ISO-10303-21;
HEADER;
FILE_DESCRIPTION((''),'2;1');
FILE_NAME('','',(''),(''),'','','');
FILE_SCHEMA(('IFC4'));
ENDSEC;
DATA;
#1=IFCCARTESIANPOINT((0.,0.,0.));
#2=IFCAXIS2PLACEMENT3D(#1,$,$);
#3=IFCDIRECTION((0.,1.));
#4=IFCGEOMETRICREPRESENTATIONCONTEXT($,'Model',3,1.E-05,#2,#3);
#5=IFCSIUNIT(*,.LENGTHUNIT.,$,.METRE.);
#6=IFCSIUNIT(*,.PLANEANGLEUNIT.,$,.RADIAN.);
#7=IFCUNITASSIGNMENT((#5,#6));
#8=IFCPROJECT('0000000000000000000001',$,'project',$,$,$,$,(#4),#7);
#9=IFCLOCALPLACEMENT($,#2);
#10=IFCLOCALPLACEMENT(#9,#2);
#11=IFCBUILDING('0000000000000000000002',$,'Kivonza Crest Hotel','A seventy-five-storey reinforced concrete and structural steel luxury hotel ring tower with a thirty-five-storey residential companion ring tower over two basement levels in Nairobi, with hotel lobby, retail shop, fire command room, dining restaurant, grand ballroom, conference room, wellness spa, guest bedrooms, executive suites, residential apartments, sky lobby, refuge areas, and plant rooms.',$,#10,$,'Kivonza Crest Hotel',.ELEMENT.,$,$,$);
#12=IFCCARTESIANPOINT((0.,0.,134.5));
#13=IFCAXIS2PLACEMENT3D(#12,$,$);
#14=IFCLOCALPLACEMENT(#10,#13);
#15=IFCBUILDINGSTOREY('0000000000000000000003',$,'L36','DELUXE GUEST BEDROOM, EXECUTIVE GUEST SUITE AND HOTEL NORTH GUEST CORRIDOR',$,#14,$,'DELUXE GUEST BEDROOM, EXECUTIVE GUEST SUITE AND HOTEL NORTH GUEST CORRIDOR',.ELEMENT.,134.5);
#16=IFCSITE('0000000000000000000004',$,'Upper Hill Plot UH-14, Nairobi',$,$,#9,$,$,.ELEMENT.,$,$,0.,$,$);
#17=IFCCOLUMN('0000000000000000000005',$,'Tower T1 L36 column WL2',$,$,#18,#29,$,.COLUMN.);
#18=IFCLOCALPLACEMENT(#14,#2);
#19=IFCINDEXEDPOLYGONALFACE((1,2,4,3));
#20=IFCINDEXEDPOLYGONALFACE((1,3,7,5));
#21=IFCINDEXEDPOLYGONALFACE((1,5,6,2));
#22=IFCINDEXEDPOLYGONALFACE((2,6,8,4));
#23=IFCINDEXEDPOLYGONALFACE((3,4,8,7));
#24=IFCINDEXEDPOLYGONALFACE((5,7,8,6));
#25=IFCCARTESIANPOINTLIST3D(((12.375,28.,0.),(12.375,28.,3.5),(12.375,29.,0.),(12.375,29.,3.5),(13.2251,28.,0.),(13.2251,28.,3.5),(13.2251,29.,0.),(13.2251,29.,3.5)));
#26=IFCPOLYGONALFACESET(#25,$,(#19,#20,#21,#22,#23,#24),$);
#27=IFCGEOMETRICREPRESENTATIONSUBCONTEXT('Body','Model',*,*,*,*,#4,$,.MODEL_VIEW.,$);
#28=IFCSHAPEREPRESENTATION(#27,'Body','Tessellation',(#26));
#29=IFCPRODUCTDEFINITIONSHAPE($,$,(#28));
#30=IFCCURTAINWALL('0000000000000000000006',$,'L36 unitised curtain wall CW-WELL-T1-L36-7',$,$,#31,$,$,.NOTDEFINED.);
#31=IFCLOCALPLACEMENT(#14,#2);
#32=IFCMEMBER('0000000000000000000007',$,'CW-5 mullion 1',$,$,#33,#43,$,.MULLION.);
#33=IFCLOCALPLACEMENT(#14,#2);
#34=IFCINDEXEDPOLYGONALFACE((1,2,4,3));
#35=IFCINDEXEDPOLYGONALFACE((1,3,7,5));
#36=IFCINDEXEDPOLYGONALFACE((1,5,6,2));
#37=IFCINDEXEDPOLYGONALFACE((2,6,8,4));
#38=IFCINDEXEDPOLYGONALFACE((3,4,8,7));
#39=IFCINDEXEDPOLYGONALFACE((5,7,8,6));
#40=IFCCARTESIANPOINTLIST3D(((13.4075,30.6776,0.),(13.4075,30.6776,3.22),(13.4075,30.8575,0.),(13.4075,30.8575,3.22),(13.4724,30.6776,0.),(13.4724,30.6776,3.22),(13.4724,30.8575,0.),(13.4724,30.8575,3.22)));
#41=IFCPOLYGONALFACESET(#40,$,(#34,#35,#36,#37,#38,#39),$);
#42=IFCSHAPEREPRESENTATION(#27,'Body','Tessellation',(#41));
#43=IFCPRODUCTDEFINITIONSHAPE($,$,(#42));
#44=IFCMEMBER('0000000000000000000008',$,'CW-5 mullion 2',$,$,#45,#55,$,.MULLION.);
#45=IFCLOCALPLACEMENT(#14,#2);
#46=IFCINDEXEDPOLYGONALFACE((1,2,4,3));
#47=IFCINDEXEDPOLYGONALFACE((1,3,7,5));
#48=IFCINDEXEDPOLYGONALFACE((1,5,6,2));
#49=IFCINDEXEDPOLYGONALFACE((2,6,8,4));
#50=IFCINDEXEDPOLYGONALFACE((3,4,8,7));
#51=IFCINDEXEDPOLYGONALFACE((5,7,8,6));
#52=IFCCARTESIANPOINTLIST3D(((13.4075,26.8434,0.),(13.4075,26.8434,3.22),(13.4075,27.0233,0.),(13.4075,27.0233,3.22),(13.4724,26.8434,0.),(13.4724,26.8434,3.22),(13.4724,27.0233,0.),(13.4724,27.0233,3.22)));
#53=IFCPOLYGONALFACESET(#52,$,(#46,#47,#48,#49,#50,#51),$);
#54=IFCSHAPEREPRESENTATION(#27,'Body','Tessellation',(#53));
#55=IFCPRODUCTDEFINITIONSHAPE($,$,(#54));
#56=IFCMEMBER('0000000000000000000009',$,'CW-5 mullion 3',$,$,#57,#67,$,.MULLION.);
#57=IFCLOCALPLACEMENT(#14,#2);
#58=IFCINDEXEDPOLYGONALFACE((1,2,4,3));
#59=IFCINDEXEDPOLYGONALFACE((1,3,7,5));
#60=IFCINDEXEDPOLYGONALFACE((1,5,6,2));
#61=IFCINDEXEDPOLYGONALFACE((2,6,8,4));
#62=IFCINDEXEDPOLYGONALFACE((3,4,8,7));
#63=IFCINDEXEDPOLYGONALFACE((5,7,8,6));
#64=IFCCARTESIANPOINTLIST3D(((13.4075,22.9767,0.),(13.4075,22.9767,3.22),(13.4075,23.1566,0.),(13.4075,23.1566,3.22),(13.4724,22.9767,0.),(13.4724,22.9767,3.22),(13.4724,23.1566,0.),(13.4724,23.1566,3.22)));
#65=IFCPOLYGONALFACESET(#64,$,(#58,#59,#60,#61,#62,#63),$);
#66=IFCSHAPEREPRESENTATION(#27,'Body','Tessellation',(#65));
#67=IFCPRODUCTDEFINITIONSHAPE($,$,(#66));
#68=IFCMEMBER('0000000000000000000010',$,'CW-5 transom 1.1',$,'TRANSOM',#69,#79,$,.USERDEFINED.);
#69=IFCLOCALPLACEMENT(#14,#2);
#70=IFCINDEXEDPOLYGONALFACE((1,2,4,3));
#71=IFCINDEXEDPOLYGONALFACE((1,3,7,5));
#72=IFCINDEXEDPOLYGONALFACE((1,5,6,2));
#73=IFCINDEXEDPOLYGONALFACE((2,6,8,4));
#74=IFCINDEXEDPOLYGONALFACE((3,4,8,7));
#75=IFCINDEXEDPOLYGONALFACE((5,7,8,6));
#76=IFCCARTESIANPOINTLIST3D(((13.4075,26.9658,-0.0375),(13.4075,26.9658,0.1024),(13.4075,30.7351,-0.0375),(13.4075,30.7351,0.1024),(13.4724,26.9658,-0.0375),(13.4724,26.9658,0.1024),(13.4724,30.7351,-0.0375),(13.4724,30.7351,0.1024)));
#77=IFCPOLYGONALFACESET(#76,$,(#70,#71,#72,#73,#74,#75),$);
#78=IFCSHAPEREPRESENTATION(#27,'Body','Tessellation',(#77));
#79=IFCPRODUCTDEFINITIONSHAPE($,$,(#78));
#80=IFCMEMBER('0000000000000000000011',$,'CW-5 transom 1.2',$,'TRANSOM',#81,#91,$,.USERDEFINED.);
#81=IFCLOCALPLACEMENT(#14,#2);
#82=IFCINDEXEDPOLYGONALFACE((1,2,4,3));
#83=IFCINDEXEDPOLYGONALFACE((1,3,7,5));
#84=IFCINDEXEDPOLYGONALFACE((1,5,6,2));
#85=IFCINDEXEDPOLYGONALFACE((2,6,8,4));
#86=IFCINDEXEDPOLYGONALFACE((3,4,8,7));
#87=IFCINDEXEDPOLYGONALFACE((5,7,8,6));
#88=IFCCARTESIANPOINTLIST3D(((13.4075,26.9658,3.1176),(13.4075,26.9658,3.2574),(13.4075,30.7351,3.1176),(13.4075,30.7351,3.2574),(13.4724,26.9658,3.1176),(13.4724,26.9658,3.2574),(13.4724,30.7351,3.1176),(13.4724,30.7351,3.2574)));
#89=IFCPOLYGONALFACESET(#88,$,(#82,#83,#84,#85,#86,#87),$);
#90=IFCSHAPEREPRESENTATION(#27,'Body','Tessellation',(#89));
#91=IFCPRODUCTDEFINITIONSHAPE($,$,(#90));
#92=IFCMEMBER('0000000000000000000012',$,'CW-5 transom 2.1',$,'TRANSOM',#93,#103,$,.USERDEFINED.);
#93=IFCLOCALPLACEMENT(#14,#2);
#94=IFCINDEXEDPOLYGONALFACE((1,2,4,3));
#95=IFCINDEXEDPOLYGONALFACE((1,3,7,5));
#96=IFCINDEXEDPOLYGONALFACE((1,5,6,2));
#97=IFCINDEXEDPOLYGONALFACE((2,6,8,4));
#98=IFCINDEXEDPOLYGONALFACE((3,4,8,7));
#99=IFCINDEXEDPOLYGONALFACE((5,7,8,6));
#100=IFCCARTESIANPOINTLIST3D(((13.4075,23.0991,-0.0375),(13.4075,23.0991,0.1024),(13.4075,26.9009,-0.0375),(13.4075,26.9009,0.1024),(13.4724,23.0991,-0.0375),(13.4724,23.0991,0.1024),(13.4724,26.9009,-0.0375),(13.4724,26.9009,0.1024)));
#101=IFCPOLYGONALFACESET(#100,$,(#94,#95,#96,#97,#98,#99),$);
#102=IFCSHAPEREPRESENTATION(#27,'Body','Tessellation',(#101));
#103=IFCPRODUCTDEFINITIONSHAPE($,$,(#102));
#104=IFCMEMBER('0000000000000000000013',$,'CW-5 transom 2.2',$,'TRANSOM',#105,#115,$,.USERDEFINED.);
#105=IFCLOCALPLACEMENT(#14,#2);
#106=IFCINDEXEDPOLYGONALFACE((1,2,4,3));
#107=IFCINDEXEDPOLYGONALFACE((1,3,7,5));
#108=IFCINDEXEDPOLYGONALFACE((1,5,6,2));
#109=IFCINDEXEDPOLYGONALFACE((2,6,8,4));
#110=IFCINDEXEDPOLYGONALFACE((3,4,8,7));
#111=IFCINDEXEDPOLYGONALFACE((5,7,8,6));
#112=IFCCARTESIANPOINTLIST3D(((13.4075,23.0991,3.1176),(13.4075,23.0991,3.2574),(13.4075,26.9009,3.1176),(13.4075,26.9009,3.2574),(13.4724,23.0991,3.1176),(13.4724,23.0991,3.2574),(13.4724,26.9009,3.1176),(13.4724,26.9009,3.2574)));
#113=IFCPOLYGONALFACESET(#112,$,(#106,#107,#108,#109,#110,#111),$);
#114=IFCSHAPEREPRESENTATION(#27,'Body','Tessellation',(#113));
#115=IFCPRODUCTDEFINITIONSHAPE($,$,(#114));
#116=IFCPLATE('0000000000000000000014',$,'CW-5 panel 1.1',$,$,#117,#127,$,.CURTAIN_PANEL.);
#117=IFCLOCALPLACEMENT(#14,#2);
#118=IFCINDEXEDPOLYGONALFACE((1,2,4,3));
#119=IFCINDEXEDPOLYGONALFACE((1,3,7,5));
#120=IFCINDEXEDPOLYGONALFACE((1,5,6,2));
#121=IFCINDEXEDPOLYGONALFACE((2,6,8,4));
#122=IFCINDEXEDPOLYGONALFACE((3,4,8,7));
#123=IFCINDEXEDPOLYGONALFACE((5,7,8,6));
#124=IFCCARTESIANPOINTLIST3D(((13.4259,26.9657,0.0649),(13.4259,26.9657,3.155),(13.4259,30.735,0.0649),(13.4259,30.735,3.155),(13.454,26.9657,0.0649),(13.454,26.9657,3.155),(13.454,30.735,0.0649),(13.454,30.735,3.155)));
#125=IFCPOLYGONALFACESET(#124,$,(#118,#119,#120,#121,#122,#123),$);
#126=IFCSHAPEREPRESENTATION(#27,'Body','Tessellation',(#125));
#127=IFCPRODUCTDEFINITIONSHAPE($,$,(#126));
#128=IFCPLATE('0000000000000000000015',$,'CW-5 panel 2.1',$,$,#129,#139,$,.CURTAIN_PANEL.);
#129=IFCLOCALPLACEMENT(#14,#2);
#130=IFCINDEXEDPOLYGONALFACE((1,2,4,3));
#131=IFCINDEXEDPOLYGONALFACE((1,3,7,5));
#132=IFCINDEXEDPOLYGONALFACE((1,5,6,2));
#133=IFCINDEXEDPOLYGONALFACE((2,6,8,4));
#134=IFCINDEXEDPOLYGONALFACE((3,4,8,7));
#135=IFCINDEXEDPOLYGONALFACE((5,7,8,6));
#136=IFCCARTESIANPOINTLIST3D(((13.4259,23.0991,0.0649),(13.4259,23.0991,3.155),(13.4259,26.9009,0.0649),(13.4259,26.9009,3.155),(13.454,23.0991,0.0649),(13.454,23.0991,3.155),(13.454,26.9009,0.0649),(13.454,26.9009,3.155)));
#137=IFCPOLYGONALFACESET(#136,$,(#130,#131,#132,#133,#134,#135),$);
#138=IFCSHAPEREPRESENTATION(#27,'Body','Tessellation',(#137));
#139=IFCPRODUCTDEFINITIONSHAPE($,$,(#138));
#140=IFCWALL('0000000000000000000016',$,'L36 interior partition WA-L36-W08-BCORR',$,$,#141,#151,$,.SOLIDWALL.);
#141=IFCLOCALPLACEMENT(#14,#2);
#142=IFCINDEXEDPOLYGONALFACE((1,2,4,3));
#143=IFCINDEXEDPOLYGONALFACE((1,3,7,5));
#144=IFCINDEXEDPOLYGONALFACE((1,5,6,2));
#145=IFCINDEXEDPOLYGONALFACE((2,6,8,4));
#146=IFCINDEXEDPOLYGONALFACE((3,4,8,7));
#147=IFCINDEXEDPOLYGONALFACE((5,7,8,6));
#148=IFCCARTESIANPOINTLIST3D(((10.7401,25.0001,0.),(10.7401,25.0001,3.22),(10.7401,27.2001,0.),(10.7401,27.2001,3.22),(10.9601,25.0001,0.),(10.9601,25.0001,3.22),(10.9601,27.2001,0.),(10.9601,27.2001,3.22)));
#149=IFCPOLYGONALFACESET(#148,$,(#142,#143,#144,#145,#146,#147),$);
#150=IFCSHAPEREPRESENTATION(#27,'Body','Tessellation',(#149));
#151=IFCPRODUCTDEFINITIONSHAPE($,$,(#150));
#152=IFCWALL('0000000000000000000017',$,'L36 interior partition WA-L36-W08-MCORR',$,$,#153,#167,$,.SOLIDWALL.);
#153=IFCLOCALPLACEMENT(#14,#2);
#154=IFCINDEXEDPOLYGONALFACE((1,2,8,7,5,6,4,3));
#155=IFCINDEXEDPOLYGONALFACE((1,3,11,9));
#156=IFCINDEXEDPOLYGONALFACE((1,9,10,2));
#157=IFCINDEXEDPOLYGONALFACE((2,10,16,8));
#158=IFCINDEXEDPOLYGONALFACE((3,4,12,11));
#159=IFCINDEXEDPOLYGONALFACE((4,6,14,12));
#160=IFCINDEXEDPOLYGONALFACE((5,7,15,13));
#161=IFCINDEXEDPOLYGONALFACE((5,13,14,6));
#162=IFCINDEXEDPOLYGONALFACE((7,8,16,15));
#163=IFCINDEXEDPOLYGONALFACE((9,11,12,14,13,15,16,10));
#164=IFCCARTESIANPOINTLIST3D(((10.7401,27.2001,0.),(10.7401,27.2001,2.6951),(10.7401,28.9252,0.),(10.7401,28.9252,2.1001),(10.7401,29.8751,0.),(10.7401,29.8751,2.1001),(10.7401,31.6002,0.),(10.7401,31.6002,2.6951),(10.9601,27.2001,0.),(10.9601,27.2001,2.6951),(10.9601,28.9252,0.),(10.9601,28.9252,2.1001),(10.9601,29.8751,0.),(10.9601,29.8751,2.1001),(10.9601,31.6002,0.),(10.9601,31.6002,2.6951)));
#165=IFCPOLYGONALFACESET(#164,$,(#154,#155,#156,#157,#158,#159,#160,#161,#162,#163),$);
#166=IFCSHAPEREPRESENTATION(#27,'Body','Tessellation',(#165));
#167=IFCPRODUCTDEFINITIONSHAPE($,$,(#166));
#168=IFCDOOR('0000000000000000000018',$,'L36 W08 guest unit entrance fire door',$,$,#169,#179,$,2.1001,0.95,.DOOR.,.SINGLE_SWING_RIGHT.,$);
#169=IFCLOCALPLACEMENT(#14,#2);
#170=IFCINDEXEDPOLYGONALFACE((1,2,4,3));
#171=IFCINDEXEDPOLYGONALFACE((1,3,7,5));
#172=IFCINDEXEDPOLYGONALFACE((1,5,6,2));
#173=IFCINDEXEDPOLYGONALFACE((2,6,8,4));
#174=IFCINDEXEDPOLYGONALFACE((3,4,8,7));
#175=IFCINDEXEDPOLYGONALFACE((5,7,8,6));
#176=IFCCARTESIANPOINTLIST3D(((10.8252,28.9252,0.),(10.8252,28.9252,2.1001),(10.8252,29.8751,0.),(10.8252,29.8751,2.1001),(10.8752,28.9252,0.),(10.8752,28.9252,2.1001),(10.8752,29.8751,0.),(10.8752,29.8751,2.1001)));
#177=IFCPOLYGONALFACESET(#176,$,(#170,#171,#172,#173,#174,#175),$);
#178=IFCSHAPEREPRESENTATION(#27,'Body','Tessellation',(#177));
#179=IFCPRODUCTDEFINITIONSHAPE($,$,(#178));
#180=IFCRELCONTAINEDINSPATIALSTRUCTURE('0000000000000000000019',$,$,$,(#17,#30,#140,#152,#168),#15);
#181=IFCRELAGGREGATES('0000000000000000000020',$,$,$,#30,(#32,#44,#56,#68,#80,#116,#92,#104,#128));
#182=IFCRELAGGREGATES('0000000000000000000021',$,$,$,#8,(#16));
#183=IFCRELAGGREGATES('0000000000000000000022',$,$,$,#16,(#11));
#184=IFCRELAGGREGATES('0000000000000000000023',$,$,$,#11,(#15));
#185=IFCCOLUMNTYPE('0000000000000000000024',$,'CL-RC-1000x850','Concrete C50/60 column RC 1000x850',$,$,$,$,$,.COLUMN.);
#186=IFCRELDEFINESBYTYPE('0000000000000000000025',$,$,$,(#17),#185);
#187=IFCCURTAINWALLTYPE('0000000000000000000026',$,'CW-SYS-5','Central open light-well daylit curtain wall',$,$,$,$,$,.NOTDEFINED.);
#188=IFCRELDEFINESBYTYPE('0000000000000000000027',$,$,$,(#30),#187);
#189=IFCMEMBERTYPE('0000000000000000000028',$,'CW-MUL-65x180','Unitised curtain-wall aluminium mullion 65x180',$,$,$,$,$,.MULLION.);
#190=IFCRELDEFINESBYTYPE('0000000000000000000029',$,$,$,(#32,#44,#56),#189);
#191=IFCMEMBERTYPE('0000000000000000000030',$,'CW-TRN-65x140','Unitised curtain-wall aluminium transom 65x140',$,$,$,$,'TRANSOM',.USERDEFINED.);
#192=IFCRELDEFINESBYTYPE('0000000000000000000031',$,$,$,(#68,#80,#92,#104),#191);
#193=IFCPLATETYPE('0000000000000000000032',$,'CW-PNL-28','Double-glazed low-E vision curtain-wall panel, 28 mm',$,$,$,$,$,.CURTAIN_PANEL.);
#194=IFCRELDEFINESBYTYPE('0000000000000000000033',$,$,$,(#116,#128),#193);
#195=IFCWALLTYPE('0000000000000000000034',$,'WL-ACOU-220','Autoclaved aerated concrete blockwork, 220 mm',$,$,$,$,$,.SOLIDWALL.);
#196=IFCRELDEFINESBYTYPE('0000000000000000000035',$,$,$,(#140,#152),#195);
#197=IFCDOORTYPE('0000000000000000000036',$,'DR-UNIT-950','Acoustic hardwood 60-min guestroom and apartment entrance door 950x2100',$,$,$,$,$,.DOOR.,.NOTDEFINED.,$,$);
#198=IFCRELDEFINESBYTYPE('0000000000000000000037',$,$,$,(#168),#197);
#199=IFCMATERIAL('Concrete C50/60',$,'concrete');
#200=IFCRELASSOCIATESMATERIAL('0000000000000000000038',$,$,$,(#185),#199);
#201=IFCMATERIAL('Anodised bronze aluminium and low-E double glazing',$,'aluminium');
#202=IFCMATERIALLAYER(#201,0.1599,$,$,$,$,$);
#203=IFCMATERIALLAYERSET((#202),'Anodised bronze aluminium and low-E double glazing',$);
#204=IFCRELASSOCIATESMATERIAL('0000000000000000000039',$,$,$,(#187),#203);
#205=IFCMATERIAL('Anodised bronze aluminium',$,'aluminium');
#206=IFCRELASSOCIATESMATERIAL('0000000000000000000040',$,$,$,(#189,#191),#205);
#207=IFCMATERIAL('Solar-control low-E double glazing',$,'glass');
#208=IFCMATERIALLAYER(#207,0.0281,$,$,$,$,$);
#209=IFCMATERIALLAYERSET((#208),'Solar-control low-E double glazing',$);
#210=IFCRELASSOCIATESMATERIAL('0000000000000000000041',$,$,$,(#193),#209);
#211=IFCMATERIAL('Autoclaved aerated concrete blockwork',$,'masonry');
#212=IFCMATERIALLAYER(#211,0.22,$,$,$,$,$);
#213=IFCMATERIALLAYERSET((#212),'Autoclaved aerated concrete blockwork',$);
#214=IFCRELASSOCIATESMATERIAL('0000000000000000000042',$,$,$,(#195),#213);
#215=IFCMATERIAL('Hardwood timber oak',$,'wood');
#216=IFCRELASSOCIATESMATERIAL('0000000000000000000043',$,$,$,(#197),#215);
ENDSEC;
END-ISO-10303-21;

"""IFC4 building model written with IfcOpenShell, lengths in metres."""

from ifc_helpers import new_model, si_unit, direction, frame, frame_2d, origin, origin_2d, place, context, subcontext, project, spatial, rectangle, extrude, material, layer, layer_set, material_profile, profile_set, type_object, element, fill, aggregate, save


model = new_model("IFC4")

# Units and contexts
model_context = context("Model", 3, precision=1e-05, world=origin(), true_north=direction((0.0, 1.0)))
body_context = subcontext(model_context, "Body", "Model", "MODEL_VIEW")
ifc_project = project(units=[si_unit("LENGTHUNIT", "METRE"), si_unit("PLANEANGLEUNIT", "RADIAN")], contexts=[model_context])

# Site, building, storey
site_placement = place(None, origin())
site = spatial("IfcSite", under=ifc_project, at=site_placement, Name="Upper Hill Plot UH-14, Nairobi", CompositionType="ELEMENT", RefElevation=0.0)
building_placement = place(site_placement, origin())
building = spatial("IfcBuilding", under=site, at=building_placement, Name="Kivonza Crest Hotel", Description="A seventy-five-storey reinforced concrete and structural steel luxury hotel ring tower with a thirty-five-storey residential companion ring tower over two basement levels in Nairobi, with hotel lobby, retail shop, fire command room, dining restaurant, grand ballroom, conference room, wellness spa, guest bedrooms, executive suites, residential apartments, sky lobby, refuge areas, and plant rooms.", LongName="Kivonza Crest Hotel", CompositionType="ELEMENT")
storey_placement = place(building_placement, frame((0.0, 0.0, 134.5)))
storey = spatial("IfcBuildingStorey", under=building, at=storey_placement, Name="L36", Description="DELUXE GUEST BEDROOM, EXECUTIVE GUEST SUITE AND HOTEL NORTH GUEST CORRIDOR", LongName="DELUXE GUEST BEDROOM, EXECUTIVE GUEST SUITE AND HOTEL NORTH GUEST CORRIDOR", CompositionType="ELEMENT", Elevation=134.5)

# Column
ifc_material_1 = material(Name="Concrete C50/60", Category="concrete")
ifc_material_profile_1 = material_profile(ifc_material_1, rectangle(XDim=0.8501, YDim=1.0, at=origin_2d()), Name="RC 1000x850")
ifc_profile_set_1 = profile_set([ifc_material_profile_1], Name="Concrete C50/60")
column_type = type_object("IfcColumnType", Name="CL-RC-1000x850", Description="Concrete C50/60 column RC 1000x850", PredefinedType="COLUMN", material=ifc_profile_set_1)
column_placement = place(storey_placement, frame((12.8, 28.5, 0.0), z_axis=(0.0, 0.0, 1.0), x_axis=(1.0, 0.0, 0.0)))
element("IfcColumn", 1, at=column_placement, inside=storey, type_object=column_type, Name="Tower T1 L36 column WL2", PredefinedType="COLUMN", context=body_context, shape_type="SweptSolid", body=[
    extrude(rectangle(XDim=0.8501, YDim=1.0, at=origin_2d()), origin(), (0.0, 0.0, 1.0), 3.5),
])

# Curtain wall, members, plates
ifc_material_2 = material(Name="Anodised bronze aluminium and low-E double glazing", Category="aluminium")
ifc_layer_1 = layer(ifc_material_2, 0.1599)
ifc_layer_set_1 = layer_set([ifc_layer_1], Name="Anodised bronze aluminium and low-E double glazing")
curtain_wall_type = type_object("IfcCurtainWallType", Name="CW-SYS-5", Description="Central open light-well daylit curtain wall", PredefinedType="NOTDEFINED", material=ifc_layer_set_1)
curtain_wall_placement = place(storey_placement, origin())
curtain_wall = element("IfcCurtainWall", 2, at=curtain_wall_placement, inside=storey, type_object=curtain_wall_type, Name="L36 unitised curtain wall CW-WELL-T1-L36-7", PredefinedType="NOTDEFINED")
ifc_material_3 = material(Name="Anodised bronze aluminium", Category="aluminium")
ifc_material_profile_2 = material_profile(ifc_material_3, rectangle(XDim=0.0649, YDim=0.1799, at=origin_2d()), Name="CW-M 65x180")
ifc_profile_set_2 = profile_set([ifc_material_profile_2], Name="Anodised bronze aluminium")
member_type_1 = type_object("IfcMemberType", Name="CW-MUL-65x180", Description="Unitised curtain-wall aluminium mullion 65x180", PredefinedType="MULLION", material=ifc_profile_set_2)
member_1_placement = place(storey_placement, frame((13.4399, 30.7676, 0.0), z_axis=(0.0, 0.0, 1.0), x_axis=(1.0, 0.0, 0.0)))
member_1 = element("IfcMember", 3, at=member_1_placement, type_object=member_type_1, Name="CW-5 mullion 1", PredefinedType="MULLION", context=body_context, shape_type="SweptSolid", body=[
    extrude(rectangle(XDim=0.0649, YDim=0.1799, at=origin_2d()), origin(), (0.0, 0.0, 1.0), 3.22),
])
member_2_placement = place(storey_placement, frame((13.4399, 26.9333, 0.0), z_axis=(0.0, 0.0, 1.0), x_axis=(1.0, 0.0, 0.0)))
member_2 = element("IfcMember", 4, at=member_2_placement, type_object=member_type_1, Name="CW-5 mullion 2", PredefinedType="MULLION", context=body_context, shape_type="SweptSolid", body=[
    extrude(rectangle(XDim=0.0649, YDim=0.1799, at=origin_2d()), origin(), (0.0, 0.0, 1.0), 3.22),
])
member_3_placement = place(storey_placement, frame((13.4399, 23.0667, 0.0), z_axis=(0.0, 0.0, 1.0), x_axis=(1.0, 0.0, 0.0)))
member_3 = element("IfcMember", 5, at=member_3_placement, type_object=member_type_1, Name="CW-5 mullion 3", PredefinedType="MULLION", context=body_context, shape_type="SweptSolid", body=[
    extrude(rectangle(XDim=0.0649, YDim=0.1799, at=origin_2d()), origin(), (0.0, 0.0, 1.0), 3.22),
])
ifc_material_profile_3 = material_profile(ifc_material_3, rectangle(XDim=0.0649, YDim=0.1399, at=origin_2d()), Name="CW-T 65x140")
ifc_profile_set_3 = profile_set([ifc_material_profile_3], Name="Anodised bronze aluminium")
member_type_2 = type_object("IfcMemberType", Name="CW-TRN-65x140", Description="Unitised curtain-wall aluminium transom 65x140", ElementType="TRANSOM", PredefinedType="USERDEFINED", material=ifc_profile_set_3)
member_4_placement = place(storey_placement, frame((13.4399, 30.7351, 0.0325), z_axis=(0.0, -1.0, 0.0), x_axis=(1.0, 0.0, 0.0)))
member_4 = element("IfcMember", 6, at=member_4_placement, type_object=member_type_2, Name="CW-5 transom 1.1", ObjectType="TRANSOM", PredefinedType="USERDEFINED", context=body_context, shape_type="SweptSolid", body=[
    extrude(rectangle(XDim=0.0649, YDim=0.1399, at=origin_2d()), origin(), (0.0, 0.0, 1.0), 3.7693),
])
member_5_placement = place(storey_placement, frame((13.4399, 30.7351, 3.1875), z_axis=(0.0, -1.0, 0.0), x_axis=(1.0, 0.0, 0.0)))
member_5 = element("IfcMember", 7, at=member_5_placement, type_object=member_type_2, Name="CW-5 transom 1.2", ObjectType="TRANSOM", PredefinedType="USERDEFINED", context=body_context, shape_type="SweptSolid", body=[
    extrude(rectangle(XDim=0.0649, YDim=0.1399, at=origin_2d()), origin(), (0.0, 0.0, 1.0), 3.7693),
])
member_6_placement = place(storey_placement, frame((13.4399, 26.9009, 0.0325), z_axis=(0.0, -1.0, 0.0), x_axis=(1.0, 0.0, 0.0)))
member_6 = element("IfcMember", 8, at=member_6_placement, type_object=member_type_2, Name="CW-5 transom 2.1", ObjectType="TRANSOM", PredefinedType="USERDEFINED", context=body_context, shape_type="SweptSolid", body=[
    extrude(rectangle(XDim=0.0649, YDim=0.1399, at=origin_2d()), origin(), (0.0, 0.0, 1.0), 3.8018),
])
member_7_placement = place(storey_placement, frame((13.4399, 26.9009, 3.1875), z_axis=(0.0, -1.0, 0.0), x_axis=(1.0, 0.0, 0.0)))
member_7 = element("IfcMember", 9, at=member_7_placement, type_object=member_type_2, Name="CW-5 transom 2.2", ObjectType="TRANSOM", PredefinedType="USERDEFINED", context=body_context, shape_type="SweptSolid", body=[
    extrude(rectangle(XDim=0.0649, YDim=0.1399, at=origin_2d()), origin(), (0.0, 0.0, 1.0), 3.8018),
])
ifc_material_4 = material(Name="Solar-control low-E double glazing", Category="glass")
ifc_layer_2 = layer(ifc_material_4, 0.0281)
ifc_layer_set_2 = layer_set([ifc_layer_2], Name="Solar-control low-E double glazing")
plate_type = type_object("IfcPlateType", Name="CW-PNL-28", Description="Double-glazed low-E vision curtain-wall panel, 28 mm", PredefinedType="CURTAIN_PANEL", material=ifc_layer_set_2)
plate_1_placement = place(storey_placement, frame((13.4399, 28.8503, 0.0649), z_axis=(0.0, 0.0, 1.0), x_axis=(0.0, -1.0, 0.0)))
plate_1 = element("IfcPlate", 10, at=plate_1_placement, type_object=plate_type, Name="CW-5 panel 1.1", PredefinedType="CURTAIN_PANEL", context=body_context, shape_type="SweptSolid", body=[
    extrude(rectangle(XDim=3.7693, YDim=0.0281, at=origin_2d()), origin(), (0.0, 0.0, 1.0), 3.0901),
])
plate_2_placement = place(storey_placement, frame((13.4399, 25.0, 0.0649), z_axis=(0.0, 0.0, 1.0), x_axis=(0.0, -1.0, 0.0)))
plate_2 = element("IfcPlate", 11, at=plate_2_placement, type_object=plate_type, Name="CW-5 panel 2.1", PredefinedType="CURTAIN_PANEL", context=body_context, shape_type="SweptSolid", body=[
    extrude(rectangle(XDim=3.8018, YDim=0.0281, at=origin_2d()), origin(), (0.0, 0.0, 1.0), 3.0901),
])
aggregate(curtain_wall, [member_1, member_2, member_3, member_4, member_5, plate_1, member_6, member_7, plate_2])

# Wall
ifc_material_5 = material(Name="Autoclaved aerated concrete blockwork", Category="masonry")
ifc_layer_3 = layer(ifc_material_5, 0.22)
ifc_layer_set_3 = layer_set([ifc_layer_3], Name="Autoclaved aerated concrete blockwork")
wall_type_1 = type_object("IfcWallType", Name="WL-ACOU-220", Description="Autoclaved aerated concrete blockwork, 220 mm", PredefinedType="SOLIDWALL", material=ifc_layer_set_3)
wall_1_placement = place(storey_placement, frame((10.8501, 25.0, 0.0), z_axis=(0.0, 0.0, 1.0), x_axis=(0.0, 1.0, 0.0)))
element("IfcWall", 12, at=wall_1_placement, inside=storey, type_object=wall_type_1, Name="L36 interior partition WA-L36-W08-BCORR", PredefinedType="SOLIDWALL", context=body_context, shape_type="SweptSolid", body=[
    extrude(rectangle(XDim=2.2, YDim=0.22, at=frame_2d((1.1001, 0.0))), origin(), (0.0, 0.0, 1.0), 3.22),
])

# Wall, opening, door
wall_2_placement = place(storey_placement, frame((10.8501, 27.2, 0.0), z_axis=(0.0, 0.0, 1.0), x_axis=(0.0, 1.0, 0.0)))
wall_2 = element("IfcWall", 13, at=wall_2_placement, inside=storey, type_object=wall_type_1, Name="L36 interior partition WA-L36-W08-MCORR", PredefinedType="SOLIDWALL", context=body_context, shape_type="SweptSolid", body=[
    extrude(rectangle(XDim=4.4001, YDim=0.22, at=frame_2d((2.2002, 0.0))), origin(), (0.0, 0.0, 1.0), 2.6951),
])
opening_1_placement = place(wall_2_placement, frame((1.7251, 0.0, 0.0)))
opening_1 = element("IfcOpeningElement", 14, at=opening_1_placement, cuts=wall_2, PredefinedType="OPENING", context=body_context, shape_type="SweptSolid", body=[
    extrude(rectangle(XDim=0.95, YDim=2.1001, at=frame_2d((0.4751, 1.05))), frame((0.0, 0.1201, 0.0), z_axis=(0.0, -1.0, 0.0), x_axis=(1.0, 0.0, 0.0)), (0.0, 0.0, 1.0), 0.24),
])
ifc_material_6 = material(Name="Hardwood timber oak", Category="wood")
door_type_1 = type_object("IfcDoorType", Name="DR-UNIT-950", Description="Acoustic hardwood 60-min guestroom and apartment entrance door 950x2100", OperationType="NOTDEFINED", PredefinedType="DOOR", material=ifc_material_6)
door_1_placement = place(opening_1_placement, origin())
door_1 = element("IfcDoor", 15, at=door_1_placement, inside=storey, type_object=door_type_1, Name="L36 W08 guest unit entrance fire door", OperationType="SINGLE_SWING_RIGHT", OverallHeight=2.1001, OverallWidth=0.95, PredefinedType="DOOR", context=body_context, shape_type="SweptSolid", body=[
    extrude(rectangle(XDim=0.95, YDim=2.1001, at=frame_2d((0.4751, 1.05))), frame((0.0, 0.0249, 0.0), z_axis=(0.0, -1.0, 0.0), x_axis=(1.0, 0.0, 0.0)), (0.0, 0.0, 1.0), 0.05),
])
fill(opening_1, door_1)

save(model, "model.ifc")
